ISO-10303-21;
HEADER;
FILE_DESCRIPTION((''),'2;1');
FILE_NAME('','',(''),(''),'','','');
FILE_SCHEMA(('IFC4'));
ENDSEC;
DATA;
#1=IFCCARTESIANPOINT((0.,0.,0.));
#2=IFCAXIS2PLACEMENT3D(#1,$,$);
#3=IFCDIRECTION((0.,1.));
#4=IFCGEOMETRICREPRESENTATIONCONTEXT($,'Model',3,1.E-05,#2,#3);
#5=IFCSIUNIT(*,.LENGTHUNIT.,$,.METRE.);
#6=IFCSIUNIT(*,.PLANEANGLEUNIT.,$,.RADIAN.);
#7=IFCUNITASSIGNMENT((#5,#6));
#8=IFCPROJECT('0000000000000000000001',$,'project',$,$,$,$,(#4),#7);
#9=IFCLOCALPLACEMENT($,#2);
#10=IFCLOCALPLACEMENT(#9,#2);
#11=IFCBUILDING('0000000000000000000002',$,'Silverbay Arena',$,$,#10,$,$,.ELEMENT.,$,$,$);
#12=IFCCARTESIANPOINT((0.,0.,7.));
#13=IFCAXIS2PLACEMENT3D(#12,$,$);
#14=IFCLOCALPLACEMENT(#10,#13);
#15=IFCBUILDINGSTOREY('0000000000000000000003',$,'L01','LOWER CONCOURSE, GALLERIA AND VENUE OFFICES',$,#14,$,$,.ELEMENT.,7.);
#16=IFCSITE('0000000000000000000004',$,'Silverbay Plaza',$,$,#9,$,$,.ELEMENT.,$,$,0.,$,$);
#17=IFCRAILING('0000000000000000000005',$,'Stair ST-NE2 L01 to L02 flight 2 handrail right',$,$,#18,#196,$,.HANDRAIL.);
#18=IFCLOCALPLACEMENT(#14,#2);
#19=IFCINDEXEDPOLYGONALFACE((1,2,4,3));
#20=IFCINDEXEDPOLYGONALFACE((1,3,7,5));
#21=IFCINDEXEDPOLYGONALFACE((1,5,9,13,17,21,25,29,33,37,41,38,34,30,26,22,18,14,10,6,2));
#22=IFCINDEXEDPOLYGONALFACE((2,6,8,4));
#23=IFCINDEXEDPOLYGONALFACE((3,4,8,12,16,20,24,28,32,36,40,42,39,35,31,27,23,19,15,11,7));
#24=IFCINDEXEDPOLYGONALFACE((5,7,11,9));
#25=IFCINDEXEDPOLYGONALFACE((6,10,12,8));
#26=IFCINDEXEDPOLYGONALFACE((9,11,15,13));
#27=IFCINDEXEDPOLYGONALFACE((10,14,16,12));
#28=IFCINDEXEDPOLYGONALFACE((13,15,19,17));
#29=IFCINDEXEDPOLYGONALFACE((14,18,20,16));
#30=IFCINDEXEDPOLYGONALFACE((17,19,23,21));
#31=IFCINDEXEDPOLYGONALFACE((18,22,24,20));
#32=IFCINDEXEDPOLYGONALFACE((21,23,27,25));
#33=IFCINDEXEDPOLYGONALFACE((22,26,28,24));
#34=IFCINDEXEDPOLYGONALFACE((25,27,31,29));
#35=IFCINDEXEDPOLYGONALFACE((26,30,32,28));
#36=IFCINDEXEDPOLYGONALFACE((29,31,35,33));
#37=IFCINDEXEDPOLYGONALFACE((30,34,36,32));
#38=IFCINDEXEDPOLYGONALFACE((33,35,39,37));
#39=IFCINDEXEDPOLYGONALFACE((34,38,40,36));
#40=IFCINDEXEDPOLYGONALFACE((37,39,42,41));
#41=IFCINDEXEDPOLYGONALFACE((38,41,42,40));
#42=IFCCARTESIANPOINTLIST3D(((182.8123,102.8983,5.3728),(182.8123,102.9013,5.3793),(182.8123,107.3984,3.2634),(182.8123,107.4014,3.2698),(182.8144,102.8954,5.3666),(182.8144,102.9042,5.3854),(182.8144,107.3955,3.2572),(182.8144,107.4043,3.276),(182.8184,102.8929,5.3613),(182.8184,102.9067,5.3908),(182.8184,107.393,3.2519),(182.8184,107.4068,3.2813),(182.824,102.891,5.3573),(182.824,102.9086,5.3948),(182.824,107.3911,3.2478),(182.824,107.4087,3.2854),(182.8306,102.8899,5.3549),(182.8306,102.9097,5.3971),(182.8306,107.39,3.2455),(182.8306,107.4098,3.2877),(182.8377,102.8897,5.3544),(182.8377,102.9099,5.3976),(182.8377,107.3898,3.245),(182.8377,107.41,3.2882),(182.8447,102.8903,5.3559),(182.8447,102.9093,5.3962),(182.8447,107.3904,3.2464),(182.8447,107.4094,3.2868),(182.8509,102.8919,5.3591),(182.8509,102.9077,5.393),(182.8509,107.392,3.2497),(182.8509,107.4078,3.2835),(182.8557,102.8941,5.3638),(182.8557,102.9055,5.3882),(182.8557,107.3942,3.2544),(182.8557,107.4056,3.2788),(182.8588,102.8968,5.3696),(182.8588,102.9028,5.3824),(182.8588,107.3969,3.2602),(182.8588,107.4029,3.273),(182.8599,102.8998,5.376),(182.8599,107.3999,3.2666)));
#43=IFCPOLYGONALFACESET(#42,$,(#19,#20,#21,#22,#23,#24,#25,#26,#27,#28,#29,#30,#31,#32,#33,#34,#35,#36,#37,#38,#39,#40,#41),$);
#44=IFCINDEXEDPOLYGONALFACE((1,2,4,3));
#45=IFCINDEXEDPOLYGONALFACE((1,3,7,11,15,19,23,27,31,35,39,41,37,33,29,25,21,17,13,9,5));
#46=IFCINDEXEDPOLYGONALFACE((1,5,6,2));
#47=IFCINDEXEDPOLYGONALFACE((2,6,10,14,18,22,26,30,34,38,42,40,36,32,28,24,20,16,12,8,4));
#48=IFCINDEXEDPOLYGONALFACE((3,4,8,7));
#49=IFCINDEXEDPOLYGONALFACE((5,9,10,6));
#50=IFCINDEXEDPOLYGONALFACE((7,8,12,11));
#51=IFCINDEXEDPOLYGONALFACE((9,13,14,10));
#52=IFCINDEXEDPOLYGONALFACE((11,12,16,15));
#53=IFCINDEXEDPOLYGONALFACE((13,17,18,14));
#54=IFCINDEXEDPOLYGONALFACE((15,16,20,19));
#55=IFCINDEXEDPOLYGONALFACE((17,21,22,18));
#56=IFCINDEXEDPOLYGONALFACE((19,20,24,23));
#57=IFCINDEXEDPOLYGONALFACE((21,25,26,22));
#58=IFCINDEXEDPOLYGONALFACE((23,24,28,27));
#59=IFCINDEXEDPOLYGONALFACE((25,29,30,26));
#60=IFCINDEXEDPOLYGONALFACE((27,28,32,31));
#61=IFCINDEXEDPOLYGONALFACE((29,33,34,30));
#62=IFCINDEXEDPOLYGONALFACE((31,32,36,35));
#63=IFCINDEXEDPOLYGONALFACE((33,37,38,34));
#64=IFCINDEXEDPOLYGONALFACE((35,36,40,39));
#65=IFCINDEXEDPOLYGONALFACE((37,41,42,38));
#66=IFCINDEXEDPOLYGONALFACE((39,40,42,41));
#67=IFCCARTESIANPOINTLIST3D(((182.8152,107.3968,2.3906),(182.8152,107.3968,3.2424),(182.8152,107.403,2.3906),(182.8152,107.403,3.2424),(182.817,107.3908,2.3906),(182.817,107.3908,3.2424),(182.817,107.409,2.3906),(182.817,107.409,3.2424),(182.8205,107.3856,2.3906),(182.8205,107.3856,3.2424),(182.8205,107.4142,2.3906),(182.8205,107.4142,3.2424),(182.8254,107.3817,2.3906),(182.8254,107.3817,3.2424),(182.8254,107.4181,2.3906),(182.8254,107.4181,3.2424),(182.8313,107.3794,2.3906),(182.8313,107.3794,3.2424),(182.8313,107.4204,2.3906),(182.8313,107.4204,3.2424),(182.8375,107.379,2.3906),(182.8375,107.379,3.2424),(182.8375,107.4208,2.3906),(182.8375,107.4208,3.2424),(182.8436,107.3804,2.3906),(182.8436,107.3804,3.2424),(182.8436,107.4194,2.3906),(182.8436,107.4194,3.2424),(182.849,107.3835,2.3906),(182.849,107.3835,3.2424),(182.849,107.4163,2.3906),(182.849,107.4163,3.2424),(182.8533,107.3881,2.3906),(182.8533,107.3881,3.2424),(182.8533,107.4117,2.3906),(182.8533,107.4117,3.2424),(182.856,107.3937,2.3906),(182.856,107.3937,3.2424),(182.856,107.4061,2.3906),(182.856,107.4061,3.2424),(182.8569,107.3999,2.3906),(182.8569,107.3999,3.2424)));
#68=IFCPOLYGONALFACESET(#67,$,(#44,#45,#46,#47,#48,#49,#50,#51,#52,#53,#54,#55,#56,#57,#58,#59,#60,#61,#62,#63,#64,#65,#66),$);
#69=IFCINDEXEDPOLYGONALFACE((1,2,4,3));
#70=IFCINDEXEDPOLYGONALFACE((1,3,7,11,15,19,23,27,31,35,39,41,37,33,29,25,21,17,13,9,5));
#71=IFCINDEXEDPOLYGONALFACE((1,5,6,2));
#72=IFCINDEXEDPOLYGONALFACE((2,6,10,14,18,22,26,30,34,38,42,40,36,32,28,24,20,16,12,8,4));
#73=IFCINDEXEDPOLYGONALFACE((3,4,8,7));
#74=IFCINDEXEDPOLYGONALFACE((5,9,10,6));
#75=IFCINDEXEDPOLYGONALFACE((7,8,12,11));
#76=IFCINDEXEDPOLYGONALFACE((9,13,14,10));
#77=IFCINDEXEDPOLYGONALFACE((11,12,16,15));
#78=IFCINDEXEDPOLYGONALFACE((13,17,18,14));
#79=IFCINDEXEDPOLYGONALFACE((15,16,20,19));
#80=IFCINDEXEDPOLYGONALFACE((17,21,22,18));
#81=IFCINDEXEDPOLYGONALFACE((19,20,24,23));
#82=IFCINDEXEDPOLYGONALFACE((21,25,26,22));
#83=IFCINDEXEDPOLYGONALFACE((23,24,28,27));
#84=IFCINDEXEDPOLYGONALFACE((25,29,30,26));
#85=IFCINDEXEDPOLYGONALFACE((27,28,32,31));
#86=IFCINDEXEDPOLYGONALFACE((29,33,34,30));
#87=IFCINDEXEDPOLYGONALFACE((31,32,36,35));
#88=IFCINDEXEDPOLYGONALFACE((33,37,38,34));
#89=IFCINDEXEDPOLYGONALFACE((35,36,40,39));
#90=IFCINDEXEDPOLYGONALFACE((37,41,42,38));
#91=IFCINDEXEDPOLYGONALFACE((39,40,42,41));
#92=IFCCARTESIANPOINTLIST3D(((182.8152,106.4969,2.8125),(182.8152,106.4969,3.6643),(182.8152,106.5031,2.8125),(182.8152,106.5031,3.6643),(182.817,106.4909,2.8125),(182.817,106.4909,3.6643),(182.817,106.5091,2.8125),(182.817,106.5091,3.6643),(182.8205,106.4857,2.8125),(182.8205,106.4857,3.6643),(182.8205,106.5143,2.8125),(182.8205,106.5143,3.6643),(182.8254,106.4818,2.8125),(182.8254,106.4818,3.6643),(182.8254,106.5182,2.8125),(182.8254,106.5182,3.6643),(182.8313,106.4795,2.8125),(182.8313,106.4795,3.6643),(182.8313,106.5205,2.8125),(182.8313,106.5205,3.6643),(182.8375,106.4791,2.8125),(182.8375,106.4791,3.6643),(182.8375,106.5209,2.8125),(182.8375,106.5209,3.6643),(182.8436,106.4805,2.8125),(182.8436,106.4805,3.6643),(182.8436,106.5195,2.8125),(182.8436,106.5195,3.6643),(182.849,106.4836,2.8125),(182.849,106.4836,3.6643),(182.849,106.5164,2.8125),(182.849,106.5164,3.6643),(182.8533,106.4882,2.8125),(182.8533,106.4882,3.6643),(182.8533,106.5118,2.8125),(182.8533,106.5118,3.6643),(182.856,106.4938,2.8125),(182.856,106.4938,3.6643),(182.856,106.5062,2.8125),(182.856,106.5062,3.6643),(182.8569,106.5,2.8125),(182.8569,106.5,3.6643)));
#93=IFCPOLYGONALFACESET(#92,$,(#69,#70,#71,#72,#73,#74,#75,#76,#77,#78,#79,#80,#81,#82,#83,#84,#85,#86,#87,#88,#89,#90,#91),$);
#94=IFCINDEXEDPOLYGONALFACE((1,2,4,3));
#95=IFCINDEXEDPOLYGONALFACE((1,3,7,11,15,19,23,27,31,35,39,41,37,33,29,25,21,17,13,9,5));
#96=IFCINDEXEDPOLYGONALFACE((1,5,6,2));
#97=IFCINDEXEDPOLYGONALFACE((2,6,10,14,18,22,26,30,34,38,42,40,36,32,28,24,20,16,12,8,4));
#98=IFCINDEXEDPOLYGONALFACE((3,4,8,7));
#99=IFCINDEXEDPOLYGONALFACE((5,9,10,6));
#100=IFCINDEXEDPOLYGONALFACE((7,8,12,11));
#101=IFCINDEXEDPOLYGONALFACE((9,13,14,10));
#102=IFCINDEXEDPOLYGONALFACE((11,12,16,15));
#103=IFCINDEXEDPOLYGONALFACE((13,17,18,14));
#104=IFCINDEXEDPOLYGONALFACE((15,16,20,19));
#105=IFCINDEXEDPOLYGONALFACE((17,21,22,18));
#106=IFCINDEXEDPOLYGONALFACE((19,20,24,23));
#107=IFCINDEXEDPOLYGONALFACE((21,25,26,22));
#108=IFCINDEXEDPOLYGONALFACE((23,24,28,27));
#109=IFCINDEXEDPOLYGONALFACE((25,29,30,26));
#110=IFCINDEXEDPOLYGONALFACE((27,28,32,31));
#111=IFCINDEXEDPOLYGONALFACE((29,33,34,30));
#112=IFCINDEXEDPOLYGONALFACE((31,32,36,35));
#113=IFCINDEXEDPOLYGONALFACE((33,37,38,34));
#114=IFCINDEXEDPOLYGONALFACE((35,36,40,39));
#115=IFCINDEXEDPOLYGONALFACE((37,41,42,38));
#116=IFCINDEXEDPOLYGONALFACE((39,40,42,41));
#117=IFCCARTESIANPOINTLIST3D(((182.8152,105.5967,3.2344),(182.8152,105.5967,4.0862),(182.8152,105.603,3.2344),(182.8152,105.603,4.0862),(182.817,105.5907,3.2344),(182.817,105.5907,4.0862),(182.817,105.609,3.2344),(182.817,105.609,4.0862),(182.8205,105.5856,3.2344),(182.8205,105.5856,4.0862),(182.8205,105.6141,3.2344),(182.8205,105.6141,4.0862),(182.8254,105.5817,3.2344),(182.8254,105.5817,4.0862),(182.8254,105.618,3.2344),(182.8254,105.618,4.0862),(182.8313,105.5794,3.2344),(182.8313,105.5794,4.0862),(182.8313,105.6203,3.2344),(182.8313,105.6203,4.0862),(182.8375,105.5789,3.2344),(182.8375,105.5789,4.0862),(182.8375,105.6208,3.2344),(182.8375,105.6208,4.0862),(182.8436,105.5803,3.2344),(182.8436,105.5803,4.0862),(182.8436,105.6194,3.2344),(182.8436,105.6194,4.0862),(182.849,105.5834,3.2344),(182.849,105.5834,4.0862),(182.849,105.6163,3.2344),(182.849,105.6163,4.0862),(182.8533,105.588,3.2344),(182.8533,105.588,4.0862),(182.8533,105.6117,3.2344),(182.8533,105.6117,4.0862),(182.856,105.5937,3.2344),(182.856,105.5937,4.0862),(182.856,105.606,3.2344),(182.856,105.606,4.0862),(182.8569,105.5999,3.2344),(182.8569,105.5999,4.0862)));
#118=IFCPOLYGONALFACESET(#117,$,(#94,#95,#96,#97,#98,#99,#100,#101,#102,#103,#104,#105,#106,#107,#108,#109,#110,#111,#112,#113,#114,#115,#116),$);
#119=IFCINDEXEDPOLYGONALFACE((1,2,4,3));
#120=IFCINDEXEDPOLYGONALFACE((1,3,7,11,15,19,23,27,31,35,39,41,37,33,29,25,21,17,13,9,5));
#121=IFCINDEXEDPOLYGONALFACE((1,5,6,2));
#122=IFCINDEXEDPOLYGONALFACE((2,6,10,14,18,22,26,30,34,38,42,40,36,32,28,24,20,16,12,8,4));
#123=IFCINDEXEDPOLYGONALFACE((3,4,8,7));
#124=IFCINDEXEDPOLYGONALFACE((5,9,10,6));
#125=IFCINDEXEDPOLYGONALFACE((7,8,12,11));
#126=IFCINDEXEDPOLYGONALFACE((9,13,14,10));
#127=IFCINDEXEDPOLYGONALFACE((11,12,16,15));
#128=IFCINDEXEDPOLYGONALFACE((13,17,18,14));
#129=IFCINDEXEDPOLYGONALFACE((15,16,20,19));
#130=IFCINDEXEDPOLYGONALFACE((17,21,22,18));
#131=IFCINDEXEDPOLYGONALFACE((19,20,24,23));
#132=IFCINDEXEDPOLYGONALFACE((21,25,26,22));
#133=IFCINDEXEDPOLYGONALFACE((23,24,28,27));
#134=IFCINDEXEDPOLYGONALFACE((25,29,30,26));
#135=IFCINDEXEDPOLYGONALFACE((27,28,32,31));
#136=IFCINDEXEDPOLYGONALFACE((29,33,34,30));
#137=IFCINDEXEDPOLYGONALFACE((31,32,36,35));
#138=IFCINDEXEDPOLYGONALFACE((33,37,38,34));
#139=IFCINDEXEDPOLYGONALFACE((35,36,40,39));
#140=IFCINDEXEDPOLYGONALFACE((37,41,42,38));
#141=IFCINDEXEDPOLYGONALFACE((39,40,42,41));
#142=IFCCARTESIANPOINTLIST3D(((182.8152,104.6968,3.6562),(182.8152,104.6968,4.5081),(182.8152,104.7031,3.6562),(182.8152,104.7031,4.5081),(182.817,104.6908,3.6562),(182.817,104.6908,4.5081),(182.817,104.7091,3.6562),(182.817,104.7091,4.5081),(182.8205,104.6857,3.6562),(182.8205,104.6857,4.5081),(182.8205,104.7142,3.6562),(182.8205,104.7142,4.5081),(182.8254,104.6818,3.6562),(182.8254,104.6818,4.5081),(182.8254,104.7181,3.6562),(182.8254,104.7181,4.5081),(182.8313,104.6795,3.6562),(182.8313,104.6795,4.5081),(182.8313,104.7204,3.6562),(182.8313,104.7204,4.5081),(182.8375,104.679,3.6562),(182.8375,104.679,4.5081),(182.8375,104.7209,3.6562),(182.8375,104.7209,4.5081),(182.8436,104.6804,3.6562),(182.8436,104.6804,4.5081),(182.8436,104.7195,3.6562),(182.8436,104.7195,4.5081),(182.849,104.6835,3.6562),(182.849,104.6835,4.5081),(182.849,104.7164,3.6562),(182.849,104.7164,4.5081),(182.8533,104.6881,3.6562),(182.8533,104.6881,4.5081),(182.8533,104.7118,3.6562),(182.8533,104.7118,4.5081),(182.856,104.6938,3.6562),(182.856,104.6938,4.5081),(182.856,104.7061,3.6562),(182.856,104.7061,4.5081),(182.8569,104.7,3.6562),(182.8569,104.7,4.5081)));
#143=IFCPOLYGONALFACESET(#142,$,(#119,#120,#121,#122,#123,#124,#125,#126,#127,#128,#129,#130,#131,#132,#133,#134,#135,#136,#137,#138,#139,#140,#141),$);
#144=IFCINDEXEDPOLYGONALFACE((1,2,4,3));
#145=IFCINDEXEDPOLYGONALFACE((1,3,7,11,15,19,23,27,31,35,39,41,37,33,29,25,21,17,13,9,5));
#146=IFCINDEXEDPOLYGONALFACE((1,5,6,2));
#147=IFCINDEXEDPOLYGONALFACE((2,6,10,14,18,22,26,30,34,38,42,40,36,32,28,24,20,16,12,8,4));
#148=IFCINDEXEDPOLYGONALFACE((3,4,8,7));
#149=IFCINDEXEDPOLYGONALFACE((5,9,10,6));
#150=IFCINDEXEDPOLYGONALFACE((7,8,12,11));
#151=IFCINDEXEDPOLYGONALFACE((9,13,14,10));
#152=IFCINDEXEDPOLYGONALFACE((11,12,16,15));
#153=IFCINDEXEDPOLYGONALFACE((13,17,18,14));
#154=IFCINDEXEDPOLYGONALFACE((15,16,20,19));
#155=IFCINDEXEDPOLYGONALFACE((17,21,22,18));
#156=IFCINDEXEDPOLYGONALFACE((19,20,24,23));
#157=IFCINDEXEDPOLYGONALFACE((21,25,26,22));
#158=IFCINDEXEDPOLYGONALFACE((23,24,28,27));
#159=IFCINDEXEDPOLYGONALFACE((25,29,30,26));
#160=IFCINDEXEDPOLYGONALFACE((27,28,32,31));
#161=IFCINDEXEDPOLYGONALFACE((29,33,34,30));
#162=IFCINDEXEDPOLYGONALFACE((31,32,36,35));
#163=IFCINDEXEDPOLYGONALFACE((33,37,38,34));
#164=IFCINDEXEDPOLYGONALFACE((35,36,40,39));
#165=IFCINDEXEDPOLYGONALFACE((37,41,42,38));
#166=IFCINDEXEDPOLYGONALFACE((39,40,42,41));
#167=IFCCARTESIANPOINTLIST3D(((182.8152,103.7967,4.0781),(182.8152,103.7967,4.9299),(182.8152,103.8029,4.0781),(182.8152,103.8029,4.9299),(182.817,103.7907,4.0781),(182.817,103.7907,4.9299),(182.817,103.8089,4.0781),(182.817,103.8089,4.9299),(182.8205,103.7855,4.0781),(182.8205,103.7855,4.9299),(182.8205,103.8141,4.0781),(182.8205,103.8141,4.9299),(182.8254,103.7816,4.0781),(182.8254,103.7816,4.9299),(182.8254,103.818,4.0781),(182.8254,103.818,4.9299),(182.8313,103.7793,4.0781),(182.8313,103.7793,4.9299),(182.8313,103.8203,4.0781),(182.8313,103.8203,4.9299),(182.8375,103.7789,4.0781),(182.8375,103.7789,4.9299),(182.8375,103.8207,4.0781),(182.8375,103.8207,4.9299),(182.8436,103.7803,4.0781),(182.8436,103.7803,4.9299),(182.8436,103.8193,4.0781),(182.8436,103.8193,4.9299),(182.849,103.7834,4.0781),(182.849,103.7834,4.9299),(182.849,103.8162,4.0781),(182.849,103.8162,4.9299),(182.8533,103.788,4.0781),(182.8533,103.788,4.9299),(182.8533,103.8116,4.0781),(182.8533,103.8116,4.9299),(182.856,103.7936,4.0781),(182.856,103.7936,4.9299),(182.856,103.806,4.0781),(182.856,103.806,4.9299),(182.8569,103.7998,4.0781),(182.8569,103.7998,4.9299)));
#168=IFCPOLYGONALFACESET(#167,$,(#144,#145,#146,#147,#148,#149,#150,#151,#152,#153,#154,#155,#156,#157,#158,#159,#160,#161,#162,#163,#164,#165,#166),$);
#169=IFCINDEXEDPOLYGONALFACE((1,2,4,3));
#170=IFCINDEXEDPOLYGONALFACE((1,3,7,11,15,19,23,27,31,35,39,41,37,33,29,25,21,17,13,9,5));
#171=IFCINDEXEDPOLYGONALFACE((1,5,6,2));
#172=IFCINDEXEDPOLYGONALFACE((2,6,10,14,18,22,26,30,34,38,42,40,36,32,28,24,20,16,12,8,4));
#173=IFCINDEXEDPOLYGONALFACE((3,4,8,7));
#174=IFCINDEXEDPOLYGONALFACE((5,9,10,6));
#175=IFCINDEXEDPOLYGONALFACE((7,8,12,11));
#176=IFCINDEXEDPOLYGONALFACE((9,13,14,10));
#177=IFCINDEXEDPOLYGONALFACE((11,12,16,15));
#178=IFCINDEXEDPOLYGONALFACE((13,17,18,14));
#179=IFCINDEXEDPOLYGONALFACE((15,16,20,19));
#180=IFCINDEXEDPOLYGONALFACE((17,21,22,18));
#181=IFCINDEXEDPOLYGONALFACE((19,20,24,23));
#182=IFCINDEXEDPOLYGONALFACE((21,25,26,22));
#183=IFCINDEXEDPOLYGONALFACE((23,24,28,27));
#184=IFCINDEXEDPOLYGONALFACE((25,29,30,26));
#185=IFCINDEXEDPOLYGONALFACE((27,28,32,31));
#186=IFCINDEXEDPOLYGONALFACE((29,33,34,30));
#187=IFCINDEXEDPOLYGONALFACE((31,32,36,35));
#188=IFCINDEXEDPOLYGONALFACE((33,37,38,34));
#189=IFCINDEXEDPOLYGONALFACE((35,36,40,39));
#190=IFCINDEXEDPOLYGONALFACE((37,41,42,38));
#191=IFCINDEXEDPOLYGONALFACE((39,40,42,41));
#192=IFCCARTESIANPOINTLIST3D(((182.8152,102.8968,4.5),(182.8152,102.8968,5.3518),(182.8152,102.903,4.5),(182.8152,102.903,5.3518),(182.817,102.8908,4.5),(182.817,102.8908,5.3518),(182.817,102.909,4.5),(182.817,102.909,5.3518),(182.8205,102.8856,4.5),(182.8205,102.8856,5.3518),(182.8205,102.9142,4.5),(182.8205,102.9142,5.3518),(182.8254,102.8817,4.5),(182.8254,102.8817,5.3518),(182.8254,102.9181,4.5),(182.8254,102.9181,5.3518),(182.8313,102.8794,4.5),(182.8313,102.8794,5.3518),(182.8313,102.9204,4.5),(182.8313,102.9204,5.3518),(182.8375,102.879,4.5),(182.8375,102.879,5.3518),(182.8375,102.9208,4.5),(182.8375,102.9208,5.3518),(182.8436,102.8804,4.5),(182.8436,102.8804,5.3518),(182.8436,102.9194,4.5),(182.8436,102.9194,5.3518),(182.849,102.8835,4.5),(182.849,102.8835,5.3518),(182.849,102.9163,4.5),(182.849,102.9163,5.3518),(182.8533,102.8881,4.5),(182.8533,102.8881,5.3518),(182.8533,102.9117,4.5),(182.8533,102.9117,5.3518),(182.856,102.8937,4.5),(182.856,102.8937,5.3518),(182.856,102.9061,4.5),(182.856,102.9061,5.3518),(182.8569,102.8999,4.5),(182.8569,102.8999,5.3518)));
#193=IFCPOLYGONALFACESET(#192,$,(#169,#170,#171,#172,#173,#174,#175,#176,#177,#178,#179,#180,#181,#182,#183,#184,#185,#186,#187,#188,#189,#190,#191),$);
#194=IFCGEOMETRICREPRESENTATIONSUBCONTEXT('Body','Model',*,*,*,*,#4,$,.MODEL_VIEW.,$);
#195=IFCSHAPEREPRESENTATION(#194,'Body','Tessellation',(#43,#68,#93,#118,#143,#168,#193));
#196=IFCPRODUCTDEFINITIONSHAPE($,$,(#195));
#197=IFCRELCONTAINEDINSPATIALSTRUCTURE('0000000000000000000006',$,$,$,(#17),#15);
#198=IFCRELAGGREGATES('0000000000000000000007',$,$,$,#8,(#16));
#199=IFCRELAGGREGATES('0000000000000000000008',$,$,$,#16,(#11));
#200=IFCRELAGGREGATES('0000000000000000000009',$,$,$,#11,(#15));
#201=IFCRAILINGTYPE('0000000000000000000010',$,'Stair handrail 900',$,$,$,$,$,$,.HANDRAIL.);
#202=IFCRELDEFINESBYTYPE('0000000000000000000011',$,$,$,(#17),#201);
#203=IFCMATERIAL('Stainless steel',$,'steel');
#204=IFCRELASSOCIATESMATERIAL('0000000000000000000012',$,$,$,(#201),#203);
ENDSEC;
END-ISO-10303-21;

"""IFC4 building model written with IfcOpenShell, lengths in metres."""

from ifc_helpers import new_model, si_unit, direction, frame, origin, origin_2d, place, context, subcontext, project, spatial, circle, extrude, material, type_object, element, save


model = new_model("IFC4")

# Units and contexts
model_context = context("Model", 3, precision=1e-05, world=origin(), true_north=direction((0.0, 1.0)))
body_context = subcontext(model_context, "Body", "Model", "MODEL_VIEW")
ifc_project = project(units=[si_unit("LENGTHUNIT", "METRE"), si_unit("PLANEANGLEUNIT", "RADIAN")], contexts=[model_context])

# Site, building, storey
site_placement = place(None, origin())
site = spatial("IfcSite", under=ifc_project, at=site_placement, Name="Silverbay Plaza", CompositionType="ELEMENT", RefElevation=0.0)
building_placement = place(site_placement, origin())
building = spatial("IfcBuilding", under=site, at=building_placement, Name="Silverbay Arena", CompositionType="ELEMENT")
storey_placement = place(building_placement, frame((0.0, 0.0, 7.0)))
storey = spatial("IfcBuildingStorey", under=building, at=storey_placement, Name="L01", Description="LOWER CONCOURSE, GALLERIA AND VENUE OFFICES", CompositionType="ELEMENT", Elevation=7.0)

# Railing
ifc_material_1 = material(Name="Stainless steel", Category="steel")
railing_type_1 = type_object("IfcRailingType", Name="Stair handrail 900", PredefinedType="HANDRAIL", material=ifc_material_1)
for number, where, name in (
    (1, (182.8359, 107.3999, 2.3906), "Stair ST-NE2 L01 to L02 flight 2 handrail right"),
):
    element("IfcRailing", number, at=place(storey_placement, frame(where)), inside=storey, type_object=railing_type_1, Name=name, PredefinedType="HANDRAIL", context=body_context, shape_type="SweptSolid", body=[
        extrude(circle(Radius=0.0239, at=origin_2d()), frame((0.0, 0.0, 0.876), z_axis=(0.0, -0.905459, 0.424434), x_axis=(1.0, 0.0, 0.0)), (0.0, 0.0, 1.0), 4.97),
        extrude(circle(Radius=0.021, at=origin_2d()), origin(), (0.0, 0.0, 1.0), 0.8518),
        extrude(circle(Radius=0.021, at=origin_2d()), frame((0.0, -0.8999, 0.4219)), (0.0, 0.0, 1.0), 0.8518),
        extrude(circle(Radius=0.021, at=origin_2d()), frame((0.0, -1.8, 0.8438)), (0.0, 0.0, 1.0), 0.8518),
        extrude(circle(Radius=0.021, at=origin_2d()), frame((0.0, -2.7, 1.2656)), (0.0, 0.0, 1.0), 0.8518),
        extrude(circle(Radius=0.021, at=origin_2d()), frame((0.0, -3.6001, 1.6875)), (0.0, 0.0, 1.0), 0.8518),
        extrude(circle(Radius=0.021, at=origin_2d()), frame((0.0, -4.5, 2.1094)), (0.0, 0.0, 1.0), 0.8518),
    ])

save(model, "model.ifc")
